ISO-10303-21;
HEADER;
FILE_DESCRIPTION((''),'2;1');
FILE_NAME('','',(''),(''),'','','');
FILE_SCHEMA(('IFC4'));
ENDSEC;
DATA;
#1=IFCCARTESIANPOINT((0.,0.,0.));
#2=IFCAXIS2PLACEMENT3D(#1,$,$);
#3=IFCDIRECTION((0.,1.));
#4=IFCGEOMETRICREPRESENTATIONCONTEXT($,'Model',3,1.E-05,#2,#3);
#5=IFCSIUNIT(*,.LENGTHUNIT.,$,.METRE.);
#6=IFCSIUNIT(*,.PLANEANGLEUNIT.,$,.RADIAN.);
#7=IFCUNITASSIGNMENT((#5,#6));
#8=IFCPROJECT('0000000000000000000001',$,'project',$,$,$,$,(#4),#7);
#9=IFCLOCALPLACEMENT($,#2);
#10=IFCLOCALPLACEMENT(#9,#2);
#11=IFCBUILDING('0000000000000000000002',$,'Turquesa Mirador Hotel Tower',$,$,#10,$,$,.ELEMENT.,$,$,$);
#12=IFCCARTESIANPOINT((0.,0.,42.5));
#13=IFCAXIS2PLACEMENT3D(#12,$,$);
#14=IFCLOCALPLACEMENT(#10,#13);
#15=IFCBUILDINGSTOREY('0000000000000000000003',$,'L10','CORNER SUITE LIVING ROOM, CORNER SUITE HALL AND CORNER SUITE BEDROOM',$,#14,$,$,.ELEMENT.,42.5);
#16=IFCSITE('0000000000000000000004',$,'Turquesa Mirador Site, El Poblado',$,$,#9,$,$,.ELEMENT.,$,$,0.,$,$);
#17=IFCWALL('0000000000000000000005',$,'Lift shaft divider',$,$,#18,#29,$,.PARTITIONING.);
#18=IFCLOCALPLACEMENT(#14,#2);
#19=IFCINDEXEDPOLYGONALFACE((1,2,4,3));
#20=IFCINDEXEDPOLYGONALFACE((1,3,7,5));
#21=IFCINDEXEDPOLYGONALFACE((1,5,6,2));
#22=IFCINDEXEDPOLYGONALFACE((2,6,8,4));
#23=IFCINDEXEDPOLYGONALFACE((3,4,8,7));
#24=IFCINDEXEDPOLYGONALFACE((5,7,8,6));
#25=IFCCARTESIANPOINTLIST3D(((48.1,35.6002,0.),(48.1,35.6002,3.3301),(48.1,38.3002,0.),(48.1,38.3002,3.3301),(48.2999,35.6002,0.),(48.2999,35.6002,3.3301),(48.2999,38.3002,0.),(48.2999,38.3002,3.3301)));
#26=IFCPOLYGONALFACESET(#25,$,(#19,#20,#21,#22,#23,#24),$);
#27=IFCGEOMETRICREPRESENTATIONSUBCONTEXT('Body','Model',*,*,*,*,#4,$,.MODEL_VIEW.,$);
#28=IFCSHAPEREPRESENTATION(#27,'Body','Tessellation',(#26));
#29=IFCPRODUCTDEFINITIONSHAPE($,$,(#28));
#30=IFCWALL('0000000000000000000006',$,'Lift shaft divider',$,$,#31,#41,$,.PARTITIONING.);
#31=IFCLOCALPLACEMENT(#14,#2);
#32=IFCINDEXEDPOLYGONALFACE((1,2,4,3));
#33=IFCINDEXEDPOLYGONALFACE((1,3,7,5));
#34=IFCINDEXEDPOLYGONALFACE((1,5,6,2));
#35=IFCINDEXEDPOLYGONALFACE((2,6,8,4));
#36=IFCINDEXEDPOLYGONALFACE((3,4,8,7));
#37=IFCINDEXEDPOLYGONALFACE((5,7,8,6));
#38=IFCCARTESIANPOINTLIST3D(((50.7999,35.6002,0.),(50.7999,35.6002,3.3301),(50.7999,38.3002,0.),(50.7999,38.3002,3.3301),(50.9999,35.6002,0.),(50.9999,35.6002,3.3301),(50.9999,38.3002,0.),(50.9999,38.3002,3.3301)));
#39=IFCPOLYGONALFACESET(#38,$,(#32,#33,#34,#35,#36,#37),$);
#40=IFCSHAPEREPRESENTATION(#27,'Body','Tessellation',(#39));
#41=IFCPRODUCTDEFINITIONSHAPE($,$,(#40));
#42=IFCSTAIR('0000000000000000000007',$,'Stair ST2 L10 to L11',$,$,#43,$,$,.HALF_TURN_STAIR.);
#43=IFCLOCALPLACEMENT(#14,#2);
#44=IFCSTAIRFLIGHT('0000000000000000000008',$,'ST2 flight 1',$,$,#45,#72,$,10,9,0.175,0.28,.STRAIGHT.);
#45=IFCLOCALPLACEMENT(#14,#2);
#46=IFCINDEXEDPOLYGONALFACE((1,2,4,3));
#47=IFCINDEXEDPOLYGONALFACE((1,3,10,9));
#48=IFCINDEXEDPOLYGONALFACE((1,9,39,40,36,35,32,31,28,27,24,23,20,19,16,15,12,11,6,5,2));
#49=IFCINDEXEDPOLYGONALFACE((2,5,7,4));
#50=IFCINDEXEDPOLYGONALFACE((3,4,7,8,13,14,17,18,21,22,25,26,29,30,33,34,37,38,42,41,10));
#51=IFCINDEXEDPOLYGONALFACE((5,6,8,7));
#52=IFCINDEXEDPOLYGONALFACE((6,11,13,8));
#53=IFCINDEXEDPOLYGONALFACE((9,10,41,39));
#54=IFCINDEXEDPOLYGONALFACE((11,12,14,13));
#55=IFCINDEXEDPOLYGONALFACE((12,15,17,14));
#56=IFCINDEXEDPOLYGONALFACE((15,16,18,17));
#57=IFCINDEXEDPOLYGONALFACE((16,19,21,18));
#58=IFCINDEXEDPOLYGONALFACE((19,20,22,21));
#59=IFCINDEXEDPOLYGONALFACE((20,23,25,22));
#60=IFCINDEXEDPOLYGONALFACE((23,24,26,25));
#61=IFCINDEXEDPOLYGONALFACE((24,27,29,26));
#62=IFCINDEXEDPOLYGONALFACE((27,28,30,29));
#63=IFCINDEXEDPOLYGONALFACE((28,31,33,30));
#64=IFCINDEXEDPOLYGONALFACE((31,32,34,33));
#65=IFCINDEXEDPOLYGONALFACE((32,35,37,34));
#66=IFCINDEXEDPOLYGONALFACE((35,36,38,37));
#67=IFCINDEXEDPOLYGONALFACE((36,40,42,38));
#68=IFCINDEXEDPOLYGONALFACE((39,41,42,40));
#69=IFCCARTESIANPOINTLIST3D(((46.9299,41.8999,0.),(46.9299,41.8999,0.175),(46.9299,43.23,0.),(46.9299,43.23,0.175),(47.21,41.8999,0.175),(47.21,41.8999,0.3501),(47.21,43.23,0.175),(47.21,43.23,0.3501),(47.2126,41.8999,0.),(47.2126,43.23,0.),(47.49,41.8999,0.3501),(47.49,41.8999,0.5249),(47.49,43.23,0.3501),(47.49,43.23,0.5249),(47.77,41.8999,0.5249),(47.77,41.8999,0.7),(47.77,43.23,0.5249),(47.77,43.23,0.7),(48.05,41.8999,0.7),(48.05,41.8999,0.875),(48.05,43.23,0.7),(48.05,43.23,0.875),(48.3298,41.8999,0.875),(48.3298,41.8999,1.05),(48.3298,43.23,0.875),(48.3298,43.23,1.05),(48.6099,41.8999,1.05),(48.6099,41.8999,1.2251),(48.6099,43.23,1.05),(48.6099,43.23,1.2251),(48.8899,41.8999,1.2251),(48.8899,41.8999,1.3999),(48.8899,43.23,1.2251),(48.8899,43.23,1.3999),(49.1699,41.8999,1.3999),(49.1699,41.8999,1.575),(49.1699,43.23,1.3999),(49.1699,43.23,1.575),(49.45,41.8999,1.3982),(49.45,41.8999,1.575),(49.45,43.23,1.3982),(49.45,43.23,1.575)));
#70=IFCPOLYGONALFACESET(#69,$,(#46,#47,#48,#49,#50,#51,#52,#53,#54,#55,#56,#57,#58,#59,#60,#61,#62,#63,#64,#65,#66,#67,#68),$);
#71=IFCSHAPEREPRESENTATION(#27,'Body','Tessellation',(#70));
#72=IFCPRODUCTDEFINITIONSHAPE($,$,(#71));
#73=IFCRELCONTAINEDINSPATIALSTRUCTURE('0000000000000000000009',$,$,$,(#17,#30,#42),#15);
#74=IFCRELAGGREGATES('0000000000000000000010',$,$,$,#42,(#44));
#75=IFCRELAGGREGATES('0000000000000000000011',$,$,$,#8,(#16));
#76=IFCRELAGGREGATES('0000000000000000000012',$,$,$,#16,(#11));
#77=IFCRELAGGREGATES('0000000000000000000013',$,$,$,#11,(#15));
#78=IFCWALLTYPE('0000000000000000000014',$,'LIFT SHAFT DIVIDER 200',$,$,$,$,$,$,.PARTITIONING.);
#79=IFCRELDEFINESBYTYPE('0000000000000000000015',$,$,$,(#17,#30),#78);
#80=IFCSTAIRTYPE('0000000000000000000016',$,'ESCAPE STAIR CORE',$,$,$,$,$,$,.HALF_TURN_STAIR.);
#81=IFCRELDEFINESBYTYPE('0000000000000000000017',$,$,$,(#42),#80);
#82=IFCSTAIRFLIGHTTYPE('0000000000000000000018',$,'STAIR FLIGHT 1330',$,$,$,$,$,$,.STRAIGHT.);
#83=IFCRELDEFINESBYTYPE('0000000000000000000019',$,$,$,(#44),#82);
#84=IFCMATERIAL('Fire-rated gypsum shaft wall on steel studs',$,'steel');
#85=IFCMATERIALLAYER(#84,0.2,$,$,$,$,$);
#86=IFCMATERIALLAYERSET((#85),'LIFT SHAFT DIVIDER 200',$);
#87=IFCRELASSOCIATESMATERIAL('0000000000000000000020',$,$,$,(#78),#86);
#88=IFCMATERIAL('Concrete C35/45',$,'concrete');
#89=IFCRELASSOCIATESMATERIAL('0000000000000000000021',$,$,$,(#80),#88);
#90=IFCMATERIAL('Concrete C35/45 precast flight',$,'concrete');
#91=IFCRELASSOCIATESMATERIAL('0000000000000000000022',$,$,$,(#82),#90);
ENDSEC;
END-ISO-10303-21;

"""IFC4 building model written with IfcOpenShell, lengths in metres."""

from ifc_helpers import new_model, si_unit, direction, frame, frame_2d, origin, place, context, subcontext, project, spatial, polyline, rectangle, outline, extrude, material, layer, layer_set, type_object, element, aggregate, save


model = new_model("IFC4")

# Units and contexts
model_context = context("Model", 3, precision=1e-05, world=origin(), true_north=direction((0.0, 1.0)))
body_context = subcontext(model_context, "Body", "Model", "MODEL_VIEW")
ifc_project = project(units=[si_unit("LENGTHUNIT", "METRE"), si_unit("PLANEANGLEUNIT", "RADIAN")], contexts=[model_context])

# Site, building, storey
site_placement = place(None, origin())
site = spatial("IfcSite", under=ifc_project, at=site_placement, Name="Turquesa Mirador Site, El Poblado", CompositionType="ELEMENT", RefElevation=0.0)
building_placement = place(site_placement, origin())
building = spatial("IfcBuilding", under=site, at=building_placement, Name="Turquesa Mirador Hotel Tower", CompositionType="ELEMENT")
storey_placement = place(building_placement, frame((0.0, 0.0, 42.5)))
storey = spatial("IfcBuildingStorey", under=building, at=storey_placement, Name="L10", Description="CORNER SUITE LIVING ROOM, CORNER SUITE HALL AND CORNER SUITE BEDROOM", CompositionType="ELEMENT", Elevation=42.5)

# Walls
ifc_material_1 = material(Name="Fire-rated gypsum shaft wall on steel studs", Category="steel")
ifc_layer_1 = layer(ifc_material_1, 0.2)
ifc_layer_set_1 = layer_set([ifc_layer_1], Name="LIFT SHAFT DIVIDER 200")
wall_type_1 = type_object("IfcWallType", Name="LIFT SHAFT DIVIDER 200", PredefinedType="PARTITIONING", material=ifc_layer_set_1)
for number, where, z_axis, x_axis, name in (
    (1, (48.2, 35.6001, 0.0), (0.0, 0.0, 1.0), (0.0, 1.0, 0.0), "Lift shaft divider"),
    (2, (50.8999, 35.6001, 0.0), (0.0, 0.0, 1.0), (0.0, 1.0, 0.0), "Lift shaft divider"),
):
    element("IfcWall", number, at=place(storey_placement, frame(where, z_axis=z_axis, x_axis=x_axis)), inside=storey, type_object=wall_type_1, Name=name, PredefinedType="PARTITIONING", context=body_context, shape_type="SweptSolid", body=[
        extrude(rectangle(XDim=2.7, YDim=0.2, at=frame_2d((1.3501, 0.0))), origin(), (0.0, 0.0, 1.0), 3.3301),
    ])

# Stair, stair flight
ifc_material_2 = material(Name="Concrete C35/45", Category="concrete")
stair_type = type_object("IfcStairType", Name="ESCAPE STAIR CORE", PredefinedType="HALF_TURN_STAIR", material=ifc_material_2)
stair_placement = place(storey_placement, origin())
stair = element("IfcStair", 3, at=stair_placement, inside=storey, type_object=stair_type, Name="Stair ST2 L10 to L11", PredefinedType="HALF_TURN_STAIR")
ifc_material_3 = material(Name="Concrete C35/45 precast flight", Category="concrete")
stair_flight_type = type_object("IfcStairFlightType", Name="STAIR FLIGHT 1330", PredefinedType="STRAIGHT", material=ifc_material_3)
stair_flight_placement = place(storey_placement, frame((46.9299, 42.5649, 0.0), z_axis=(0.0, 0.0, 1.0), x_axis=(1.0, 0.0, 0.0)))
stair_flight = element("IfcStairFlight", 4, at=stair_flight_placement, type_object=stair_flight_type, Name="ST2 flight 1", NumberOfRisers=10, NumberOfTreads=9, PredefinedType="STRAIGHT", RiserHeight=0.175, TreadLength=0.28, context=body_context, shape_type="SweptSolid", body=[
    extrude(outline(polyline([(0.0, 0.0), (0.0, 0.175), (0.28, 0.175), (0.28, 0.3501), (0.5601, 0.3501), (0.5601, 0.5249), (0.8401, 0.5249), (0.8401, 0.7), (1.1201, 0.7), (1.1201, 0.875), (1.3999, 0.875), (1.3999, 1.05), (1.6799, 1.05), (1.6799, 1.2251), (1.96, 1.2251), (1.96, 1.3999), (2.24, 1.3999), (2.24, 1.575), (2.52, 1.575), (2.52, 1.75), (2.52, 1.3982), (0.2827, 0.0), (0.0, 0.0)])), frame((0.0, 0.665, 0.0), z_axis=(0.0, -1.0, 0.0), x_axis=(1.0, 0.0, 0.0)), (0.0, 0.0, 1.0), 1.3301),
])
aggregate(stair, [stair_flight])

save(model, "model.ifc")
